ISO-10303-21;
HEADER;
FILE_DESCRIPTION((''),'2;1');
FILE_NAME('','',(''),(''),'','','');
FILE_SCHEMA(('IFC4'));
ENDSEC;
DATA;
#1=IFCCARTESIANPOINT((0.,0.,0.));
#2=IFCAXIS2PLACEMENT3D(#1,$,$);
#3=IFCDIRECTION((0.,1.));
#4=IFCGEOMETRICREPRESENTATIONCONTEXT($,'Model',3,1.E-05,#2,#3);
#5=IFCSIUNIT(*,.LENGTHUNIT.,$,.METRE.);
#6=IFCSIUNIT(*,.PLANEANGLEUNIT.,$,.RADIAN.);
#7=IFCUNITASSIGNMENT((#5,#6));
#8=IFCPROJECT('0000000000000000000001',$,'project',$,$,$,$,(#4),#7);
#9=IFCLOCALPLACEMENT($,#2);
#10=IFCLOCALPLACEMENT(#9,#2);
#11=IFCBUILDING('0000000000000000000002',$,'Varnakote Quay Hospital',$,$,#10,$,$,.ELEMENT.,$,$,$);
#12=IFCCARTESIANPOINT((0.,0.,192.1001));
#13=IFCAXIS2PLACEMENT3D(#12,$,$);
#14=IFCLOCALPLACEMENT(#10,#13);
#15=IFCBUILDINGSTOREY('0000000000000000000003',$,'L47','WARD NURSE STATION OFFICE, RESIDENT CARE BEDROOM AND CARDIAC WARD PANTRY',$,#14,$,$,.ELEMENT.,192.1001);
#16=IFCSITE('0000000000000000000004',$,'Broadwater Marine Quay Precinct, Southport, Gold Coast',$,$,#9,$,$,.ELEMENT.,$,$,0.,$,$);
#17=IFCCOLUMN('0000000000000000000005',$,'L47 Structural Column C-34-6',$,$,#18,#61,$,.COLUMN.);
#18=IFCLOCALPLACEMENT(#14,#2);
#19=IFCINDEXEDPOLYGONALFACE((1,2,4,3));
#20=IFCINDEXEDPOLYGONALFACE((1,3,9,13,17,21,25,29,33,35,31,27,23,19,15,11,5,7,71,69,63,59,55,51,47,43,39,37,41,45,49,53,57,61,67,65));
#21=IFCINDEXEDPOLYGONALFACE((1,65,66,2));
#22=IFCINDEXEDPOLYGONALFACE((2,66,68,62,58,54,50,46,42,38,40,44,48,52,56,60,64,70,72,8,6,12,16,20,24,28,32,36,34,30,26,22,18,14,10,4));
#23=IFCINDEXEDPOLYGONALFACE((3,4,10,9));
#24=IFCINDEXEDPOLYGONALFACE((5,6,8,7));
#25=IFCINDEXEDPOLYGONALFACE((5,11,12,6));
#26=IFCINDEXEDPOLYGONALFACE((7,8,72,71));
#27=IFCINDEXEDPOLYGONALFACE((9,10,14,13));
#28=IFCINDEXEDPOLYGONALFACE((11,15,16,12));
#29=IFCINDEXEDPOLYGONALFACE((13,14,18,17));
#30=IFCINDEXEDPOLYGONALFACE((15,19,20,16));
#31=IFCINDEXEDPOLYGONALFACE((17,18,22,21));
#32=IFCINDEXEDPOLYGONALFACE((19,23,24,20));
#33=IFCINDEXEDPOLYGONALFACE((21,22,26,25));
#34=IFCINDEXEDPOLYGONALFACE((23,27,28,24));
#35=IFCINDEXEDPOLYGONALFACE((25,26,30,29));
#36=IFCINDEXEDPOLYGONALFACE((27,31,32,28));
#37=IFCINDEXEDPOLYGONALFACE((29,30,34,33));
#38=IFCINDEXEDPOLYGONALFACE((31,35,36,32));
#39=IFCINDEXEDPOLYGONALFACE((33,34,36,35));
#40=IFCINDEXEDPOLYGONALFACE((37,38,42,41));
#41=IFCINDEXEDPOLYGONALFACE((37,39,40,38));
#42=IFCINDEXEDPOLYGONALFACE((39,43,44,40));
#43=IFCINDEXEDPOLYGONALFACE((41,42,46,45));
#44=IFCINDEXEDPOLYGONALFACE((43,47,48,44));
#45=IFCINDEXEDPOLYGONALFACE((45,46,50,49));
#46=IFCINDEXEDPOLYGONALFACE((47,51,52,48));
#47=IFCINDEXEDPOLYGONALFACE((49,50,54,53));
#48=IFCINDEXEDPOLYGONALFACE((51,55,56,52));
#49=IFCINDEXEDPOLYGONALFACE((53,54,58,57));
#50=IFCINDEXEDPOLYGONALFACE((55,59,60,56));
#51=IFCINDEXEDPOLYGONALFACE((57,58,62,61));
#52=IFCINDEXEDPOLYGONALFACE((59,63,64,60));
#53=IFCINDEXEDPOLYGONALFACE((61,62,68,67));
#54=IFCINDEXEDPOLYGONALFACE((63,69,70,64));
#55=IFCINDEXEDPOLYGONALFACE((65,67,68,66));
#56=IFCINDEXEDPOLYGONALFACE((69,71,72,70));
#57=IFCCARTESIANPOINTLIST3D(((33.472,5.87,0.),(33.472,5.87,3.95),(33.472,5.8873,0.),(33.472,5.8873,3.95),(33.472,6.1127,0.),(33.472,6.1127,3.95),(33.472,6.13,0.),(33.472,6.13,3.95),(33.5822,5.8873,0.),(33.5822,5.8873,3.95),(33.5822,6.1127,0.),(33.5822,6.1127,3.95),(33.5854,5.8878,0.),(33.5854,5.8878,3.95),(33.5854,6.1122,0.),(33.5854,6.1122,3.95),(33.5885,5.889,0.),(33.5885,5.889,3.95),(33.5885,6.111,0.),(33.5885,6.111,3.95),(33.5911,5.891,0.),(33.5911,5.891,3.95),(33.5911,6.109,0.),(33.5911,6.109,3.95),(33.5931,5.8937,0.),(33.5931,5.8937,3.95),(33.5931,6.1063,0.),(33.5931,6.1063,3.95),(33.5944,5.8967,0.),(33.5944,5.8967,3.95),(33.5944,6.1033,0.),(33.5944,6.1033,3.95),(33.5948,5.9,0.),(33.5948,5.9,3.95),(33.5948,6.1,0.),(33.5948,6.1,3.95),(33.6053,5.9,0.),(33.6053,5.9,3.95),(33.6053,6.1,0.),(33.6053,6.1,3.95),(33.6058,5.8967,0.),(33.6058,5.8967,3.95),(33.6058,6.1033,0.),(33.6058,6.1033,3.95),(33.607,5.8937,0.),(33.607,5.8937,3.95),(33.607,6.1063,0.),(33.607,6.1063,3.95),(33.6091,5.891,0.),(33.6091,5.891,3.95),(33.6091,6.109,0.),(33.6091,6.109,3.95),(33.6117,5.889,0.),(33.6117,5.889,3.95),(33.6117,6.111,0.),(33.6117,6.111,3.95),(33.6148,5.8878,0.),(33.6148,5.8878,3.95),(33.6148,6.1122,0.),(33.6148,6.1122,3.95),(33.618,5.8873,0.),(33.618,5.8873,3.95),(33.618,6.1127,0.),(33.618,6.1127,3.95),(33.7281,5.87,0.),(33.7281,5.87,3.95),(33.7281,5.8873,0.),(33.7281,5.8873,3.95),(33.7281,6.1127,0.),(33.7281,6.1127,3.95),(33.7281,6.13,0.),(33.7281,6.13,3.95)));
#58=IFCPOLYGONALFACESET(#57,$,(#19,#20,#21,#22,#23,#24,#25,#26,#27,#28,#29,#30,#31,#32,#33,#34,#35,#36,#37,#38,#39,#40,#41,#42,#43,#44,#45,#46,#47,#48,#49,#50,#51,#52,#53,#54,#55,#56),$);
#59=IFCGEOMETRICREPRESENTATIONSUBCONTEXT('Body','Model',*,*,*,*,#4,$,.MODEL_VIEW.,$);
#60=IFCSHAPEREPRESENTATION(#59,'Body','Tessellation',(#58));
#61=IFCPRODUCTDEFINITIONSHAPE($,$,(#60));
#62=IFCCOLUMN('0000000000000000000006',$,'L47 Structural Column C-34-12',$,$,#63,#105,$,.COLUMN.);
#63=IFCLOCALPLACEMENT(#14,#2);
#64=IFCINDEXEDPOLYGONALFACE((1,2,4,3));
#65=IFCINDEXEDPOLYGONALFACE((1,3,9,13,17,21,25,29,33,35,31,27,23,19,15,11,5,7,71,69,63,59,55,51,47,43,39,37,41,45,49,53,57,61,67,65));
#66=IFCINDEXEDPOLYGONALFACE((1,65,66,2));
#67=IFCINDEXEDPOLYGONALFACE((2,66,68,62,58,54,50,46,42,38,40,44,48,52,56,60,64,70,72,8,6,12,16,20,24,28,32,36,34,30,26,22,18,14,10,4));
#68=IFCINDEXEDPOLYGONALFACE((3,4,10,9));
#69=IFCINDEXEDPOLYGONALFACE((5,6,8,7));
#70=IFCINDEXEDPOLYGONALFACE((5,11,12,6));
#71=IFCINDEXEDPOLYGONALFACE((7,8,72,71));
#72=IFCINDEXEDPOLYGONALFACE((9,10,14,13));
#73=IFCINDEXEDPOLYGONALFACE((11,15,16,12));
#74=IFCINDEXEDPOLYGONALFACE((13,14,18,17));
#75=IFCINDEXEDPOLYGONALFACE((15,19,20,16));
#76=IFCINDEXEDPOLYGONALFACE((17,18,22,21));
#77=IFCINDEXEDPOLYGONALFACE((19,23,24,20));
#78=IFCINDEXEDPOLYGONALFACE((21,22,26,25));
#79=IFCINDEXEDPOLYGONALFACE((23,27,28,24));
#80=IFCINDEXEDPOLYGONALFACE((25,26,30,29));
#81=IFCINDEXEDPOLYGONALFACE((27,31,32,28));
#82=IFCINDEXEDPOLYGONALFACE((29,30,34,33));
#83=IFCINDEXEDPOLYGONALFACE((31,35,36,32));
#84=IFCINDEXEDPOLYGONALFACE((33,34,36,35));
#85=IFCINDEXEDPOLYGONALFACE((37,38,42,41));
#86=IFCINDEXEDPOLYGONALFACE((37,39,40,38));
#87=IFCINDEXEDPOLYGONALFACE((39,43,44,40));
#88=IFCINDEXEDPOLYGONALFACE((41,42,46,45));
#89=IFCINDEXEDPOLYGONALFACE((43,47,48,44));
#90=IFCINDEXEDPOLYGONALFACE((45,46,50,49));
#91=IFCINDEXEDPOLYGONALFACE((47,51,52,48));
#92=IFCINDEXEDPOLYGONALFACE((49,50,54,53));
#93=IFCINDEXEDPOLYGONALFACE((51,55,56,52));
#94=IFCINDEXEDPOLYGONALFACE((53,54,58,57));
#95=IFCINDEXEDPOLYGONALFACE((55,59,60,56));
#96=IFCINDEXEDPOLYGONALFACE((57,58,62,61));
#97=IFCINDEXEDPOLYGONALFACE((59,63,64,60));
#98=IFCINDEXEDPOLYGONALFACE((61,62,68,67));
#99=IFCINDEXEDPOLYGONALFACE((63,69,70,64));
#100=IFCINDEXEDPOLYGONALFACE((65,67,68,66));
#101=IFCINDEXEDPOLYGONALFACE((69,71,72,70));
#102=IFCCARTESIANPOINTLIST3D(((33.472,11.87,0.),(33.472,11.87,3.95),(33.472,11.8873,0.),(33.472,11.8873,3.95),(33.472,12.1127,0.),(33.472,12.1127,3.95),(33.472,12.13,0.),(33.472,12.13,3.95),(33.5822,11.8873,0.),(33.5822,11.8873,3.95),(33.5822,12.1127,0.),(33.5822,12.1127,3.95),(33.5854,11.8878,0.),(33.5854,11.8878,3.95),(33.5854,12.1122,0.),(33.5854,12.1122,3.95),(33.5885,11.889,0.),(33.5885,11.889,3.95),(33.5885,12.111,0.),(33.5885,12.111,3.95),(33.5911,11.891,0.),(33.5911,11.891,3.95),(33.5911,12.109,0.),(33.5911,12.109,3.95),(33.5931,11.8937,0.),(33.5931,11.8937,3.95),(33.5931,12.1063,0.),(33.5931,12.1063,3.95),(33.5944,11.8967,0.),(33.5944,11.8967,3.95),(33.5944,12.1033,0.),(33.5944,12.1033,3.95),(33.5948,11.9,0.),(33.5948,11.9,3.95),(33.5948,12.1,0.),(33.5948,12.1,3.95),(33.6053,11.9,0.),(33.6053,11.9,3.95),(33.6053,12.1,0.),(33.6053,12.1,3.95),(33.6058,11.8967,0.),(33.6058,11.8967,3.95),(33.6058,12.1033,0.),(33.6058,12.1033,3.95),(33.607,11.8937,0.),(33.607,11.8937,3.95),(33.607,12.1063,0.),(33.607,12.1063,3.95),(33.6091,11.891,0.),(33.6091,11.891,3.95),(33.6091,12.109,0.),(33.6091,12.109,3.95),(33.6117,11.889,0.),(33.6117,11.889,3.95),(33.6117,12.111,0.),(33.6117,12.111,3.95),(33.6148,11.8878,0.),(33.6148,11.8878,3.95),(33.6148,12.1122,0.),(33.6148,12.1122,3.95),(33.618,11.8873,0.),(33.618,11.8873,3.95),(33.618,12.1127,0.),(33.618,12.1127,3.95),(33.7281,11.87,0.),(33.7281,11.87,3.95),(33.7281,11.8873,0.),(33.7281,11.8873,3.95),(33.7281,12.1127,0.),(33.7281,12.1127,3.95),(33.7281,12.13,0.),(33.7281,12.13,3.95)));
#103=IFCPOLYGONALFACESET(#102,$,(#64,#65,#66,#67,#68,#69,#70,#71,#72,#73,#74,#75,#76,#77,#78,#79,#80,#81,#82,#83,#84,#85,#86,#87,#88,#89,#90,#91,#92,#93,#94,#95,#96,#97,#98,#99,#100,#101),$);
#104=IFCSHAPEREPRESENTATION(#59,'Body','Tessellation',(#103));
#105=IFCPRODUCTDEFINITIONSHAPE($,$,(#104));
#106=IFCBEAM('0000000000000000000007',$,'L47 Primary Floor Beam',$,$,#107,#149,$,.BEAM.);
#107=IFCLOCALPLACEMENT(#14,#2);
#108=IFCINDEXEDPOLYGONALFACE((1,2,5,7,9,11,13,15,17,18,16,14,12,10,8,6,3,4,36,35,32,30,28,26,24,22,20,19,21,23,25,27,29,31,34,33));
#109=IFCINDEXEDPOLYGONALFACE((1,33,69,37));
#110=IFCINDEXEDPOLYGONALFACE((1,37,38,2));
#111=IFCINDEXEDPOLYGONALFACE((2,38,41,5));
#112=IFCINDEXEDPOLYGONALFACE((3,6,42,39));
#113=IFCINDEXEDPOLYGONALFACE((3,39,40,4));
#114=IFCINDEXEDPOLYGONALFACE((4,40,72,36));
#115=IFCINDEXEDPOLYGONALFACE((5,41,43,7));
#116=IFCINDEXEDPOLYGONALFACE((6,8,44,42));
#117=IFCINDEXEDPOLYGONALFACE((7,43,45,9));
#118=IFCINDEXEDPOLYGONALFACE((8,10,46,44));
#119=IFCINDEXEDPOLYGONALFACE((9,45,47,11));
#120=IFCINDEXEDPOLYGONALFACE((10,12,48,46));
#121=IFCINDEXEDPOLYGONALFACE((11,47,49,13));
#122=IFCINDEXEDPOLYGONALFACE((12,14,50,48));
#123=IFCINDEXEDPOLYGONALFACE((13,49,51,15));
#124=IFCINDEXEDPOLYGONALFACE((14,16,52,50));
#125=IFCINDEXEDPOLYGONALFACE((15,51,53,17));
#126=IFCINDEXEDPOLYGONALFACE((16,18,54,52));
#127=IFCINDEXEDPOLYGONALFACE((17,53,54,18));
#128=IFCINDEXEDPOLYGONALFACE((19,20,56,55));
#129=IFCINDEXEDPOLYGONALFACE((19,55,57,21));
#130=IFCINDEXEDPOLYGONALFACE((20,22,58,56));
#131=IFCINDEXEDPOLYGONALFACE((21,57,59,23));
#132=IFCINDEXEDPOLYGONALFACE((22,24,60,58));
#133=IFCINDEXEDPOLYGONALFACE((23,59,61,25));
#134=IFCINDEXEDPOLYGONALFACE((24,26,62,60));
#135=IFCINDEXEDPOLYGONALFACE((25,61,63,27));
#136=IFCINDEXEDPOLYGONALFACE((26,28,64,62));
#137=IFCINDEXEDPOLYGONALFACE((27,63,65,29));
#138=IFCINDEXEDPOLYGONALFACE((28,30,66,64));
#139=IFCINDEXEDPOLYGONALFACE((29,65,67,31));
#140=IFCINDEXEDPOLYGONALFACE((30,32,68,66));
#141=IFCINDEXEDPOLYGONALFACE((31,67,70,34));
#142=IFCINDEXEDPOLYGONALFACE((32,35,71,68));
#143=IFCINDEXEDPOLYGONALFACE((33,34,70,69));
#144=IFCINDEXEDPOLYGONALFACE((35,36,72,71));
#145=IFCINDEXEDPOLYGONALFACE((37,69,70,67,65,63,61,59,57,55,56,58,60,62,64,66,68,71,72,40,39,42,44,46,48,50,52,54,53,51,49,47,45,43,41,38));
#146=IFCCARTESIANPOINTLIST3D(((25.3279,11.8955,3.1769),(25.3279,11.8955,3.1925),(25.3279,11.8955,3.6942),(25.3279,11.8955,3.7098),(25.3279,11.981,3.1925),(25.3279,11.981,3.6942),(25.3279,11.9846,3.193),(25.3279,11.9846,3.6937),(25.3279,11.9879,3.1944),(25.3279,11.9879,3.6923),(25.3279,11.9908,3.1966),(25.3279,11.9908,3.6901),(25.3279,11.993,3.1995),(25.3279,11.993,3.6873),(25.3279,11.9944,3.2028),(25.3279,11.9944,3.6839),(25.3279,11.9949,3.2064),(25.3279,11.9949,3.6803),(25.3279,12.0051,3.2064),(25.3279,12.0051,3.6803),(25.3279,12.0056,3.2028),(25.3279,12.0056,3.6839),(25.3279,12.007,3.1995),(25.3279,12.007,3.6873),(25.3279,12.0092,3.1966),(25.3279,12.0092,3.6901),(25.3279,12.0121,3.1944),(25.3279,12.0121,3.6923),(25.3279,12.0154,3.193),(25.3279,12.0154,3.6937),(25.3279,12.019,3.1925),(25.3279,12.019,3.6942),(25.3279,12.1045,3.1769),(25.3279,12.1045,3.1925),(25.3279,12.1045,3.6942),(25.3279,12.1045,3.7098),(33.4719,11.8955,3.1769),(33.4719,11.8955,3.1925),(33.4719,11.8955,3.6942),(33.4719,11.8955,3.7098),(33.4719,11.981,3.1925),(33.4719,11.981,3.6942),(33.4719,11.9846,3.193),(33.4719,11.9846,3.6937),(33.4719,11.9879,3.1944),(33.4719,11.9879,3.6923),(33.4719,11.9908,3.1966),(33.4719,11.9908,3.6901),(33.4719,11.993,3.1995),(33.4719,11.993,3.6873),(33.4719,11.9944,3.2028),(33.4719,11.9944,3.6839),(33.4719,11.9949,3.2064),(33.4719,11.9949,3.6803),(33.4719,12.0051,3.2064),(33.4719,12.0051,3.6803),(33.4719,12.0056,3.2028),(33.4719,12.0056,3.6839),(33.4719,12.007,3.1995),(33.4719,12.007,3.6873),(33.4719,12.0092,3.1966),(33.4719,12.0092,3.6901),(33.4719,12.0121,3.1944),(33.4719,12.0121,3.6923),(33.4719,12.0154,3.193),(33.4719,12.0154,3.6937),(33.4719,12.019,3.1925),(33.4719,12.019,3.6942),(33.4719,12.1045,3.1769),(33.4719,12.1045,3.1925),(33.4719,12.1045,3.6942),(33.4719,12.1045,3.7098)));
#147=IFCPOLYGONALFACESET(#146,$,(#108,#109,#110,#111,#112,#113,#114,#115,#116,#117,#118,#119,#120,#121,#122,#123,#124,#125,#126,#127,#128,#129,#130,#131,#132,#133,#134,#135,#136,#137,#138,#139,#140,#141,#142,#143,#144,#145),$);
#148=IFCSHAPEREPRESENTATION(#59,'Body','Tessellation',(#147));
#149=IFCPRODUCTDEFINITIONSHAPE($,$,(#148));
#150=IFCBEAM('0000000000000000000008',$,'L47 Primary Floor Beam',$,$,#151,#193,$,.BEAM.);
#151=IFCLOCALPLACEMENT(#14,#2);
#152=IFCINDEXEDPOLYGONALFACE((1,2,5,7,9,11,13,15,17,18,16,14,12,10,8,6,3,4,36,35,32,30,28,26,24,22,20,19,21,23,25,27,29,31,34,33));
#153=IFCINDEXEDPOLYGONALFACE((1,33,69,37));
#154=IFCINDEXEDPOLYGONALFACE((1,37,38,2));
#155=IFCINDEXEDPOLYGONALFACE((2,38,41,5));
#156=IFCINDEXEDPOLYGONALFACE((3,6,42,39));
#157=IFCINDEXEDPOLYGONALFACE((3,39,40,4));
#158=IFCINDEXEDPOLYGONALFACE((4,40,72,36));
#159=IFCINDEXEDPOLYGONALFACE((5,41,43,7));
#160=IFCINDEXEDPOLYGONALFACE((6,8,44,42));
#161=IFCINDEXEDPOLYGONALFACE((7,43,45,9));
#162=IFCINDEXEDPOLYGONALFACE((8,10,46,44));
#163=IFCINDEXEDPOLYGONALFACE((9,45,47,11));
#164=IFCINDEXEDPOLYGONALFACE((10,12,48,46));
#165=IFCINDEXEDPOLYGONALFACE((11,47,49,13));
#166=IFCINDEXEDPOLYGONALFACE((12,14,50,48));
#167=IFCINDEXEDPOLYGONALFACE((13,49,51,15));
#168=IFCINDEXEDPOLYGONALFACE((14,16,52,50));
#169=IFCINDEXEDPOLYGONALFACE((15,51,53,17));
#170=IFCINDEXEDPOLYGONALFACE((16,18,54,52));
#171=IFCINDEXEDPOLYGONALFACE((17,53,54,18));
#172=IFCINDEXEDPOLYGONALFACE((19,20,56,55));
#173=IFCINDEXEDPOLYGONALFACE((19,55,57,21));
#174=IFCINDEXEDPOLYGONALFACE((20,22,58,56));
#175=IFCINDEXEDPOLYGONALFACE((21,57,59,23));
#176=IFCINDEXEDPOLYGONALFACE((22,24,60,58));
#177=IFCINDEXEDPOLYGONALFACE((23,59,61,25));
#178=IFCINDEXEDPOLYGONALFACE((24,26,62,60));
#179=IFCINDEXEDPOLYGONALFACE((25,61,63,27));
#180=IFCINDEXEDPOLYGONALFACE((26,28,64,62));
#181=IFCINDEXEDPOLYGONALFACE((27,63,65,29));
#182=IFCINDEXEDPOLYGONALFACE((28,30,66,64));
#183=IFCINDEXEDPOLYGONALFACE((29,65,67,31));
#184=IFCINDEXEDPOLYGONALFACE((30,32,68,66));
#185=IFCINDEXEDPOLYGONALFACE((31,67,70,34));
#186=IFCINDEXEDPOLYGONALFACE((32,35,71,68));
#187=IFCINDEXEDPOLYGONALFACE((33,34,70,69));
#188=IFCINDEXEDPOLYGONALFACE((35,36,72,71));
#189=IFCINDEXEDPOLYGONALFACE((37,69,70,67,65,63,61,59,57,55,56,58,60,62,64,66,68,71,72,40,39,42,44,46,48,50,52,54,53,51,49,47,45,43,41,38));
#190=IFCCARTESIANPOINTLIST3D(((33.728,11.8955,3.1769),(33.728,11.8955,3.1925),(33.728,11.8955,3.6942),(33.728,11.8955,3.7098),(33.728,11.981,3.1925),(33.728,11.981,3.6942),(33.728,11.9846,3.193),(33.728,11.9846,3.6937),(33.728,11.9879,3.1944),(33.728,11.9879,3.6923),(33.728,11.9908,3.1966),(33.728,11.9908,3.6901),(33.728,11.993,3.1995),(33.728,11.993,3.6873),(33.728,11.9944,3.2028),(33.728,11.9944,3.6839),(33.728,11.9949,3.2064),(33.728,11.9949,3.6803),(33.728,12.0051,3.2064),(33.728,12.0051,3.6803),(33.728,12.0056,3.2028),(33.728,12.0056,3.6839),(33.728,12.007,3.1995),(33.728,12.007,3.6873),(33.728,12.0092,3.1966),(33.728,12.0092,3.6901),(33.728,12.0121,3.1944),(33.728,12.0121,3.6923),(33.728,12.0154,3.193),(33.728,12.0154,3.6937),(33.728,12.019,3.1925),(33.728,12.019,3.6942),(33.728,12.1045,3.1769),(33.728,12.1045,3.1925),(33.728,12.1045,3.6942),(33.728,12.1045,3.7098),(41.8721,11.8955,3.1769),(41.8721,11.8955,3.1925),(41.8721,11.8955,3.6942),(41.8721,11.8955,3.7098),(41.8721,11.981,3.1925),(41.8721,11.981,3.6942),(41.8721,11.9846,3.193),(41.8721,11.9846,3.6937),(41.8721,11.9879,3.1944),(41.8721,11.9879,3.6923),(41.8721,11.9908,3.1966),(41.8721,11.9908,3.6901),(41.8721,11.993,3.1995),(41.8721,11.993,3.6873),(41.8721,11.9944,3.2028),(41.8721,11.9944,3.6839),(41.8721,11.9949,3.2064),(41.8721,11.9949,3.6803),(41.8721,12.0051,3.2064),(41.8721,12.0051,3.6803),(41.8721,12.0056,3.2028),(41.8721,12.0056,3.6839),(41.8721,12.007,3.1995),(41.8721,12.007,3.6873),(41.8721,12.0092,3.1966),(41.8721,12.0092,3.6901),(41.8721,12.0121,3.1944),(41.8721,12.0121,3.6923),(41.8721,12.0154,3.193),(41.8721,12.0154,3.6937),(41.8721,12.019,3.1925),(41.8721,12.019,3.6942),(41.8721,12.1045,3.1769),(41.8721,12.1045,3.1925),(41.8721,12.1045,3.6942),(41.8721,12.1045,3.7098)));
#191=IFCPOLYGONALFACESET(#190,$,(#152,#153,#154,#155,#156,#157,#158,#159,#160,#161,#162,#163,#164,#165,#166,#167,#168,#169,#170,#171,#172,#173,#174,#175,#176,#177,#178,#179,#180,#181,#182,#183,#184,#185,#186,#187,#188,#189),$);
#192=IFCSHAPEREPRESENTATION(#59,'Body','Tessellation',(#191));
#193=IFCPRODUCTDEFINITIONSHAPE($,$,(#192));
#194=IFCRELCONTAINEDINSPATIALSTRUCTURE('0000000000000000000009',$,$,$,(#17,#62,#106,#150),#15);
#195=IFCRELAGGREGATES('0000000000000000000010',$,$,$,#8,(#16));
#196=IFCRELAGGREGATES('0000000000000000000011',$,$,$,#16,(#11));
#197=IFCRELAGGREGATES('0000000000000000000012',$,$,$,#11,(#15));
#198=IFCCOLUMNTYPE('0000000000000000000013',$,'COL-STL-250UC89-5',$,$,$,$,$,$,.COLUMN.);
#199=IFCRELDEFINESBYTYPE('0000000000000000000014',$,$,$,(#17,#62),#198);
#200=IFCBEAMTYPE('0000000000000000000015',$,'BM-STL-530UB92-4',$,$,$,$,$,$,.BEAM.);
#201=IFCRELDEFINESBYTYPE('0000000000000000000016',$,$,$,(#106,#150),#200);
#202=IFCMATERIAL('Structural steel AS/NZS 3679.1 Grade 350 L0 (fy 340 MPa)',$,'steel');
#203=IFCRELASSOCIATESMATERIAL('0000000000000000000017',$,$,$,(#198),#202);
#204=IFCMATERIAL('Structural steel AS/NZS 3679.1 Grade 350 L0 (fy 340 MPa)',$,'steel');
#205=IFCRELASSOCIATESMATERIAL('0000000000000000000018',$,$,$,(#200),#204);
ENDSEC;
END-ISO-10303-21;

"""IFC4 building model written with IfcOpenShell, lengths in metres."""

from ifc_helpers import new_model, si_unit, direction, frame, origin, origin_2d, place, context, subcontext, project, spatial, i_section, extrude, material, material_profile, profile_set, type_object, element, save


model = new_model("IFC4")

# Units and contexts
model_context = context("Model", 3, precision=1e-05, world=origin(), true_north=direction((0.0, 1.0)))
body_context = subcontext(model_context, "Body", "Model", "MODEL_VIEW")
ifc_project = project(units=[si_unit("LENGTHUNIT", "METRE"), si_unit("PLANEANGLEUNIT", "RADIAN")], contexts=[model_context])

# Site, building, storey
site_placement = place(None, origin())
site = spatial("IfcSite", under=ifc_project, at=site_placement, Name="Broadwater Marine Quay Precinct, Southport, Gold Coast", CompositionType="ELEMENT", RefElevation=0.0)
building_placement = place(site_placement, origin())
building = spatial("IfcBuilding", under=site, at=building_placement, Name="Varnakote Quay Hospital", CompositionType="ELEMENT")
storey_placement = place(building_placement, frame((0.0, 0.0, 192.1001)))
storey = spatial("IfcBuildingStorey", under=building, at=storey_placement, Name="L47", Description="WARD NURSE STATION OFFICE, RESIDENT CARE BEDROOM AND CARDIAC WARD PANTRY", CompositionType="ELEMENT", Elevation=192.1001)

# Columns
ifc_material_1 = material(Name="Structural steel AS/NZS 3679.1 Grade 350 L0 (fy 340 MPa)", Category="steel")
ifc_material_profile_1 = material_profile(ifc_material_1, i_section(OverallWidth=0.2561, OverallDepth=0.26, WebThickness=0.0105, FlangeThickness=0.0173, FilletRadius=0.0127, at=origin_2d()), Name="250UC89.5")
ifc_profile_set_1 = profile_set([ifc_material_profile_1], Name="Structural steel AS/NZS 3679.1 Grade 350 L0 (fy 340 MPa)")
column_type = type_object("IfcColumnType", Name="COL-STL-250UC89-5", PredefinedType="COLUMN", material=ifc_profile_set_1)
for number, where, z_axis, x_axis, name in (
    (1, (33.6001, 6.0, 0.0), (0.0, 0.0, 1.0), (1.0, 0.0, 0.0), "L47 Structural Column C-34-6"),
    (2, (33.6001, 12.0, 0.0), (0.0, 0.0, 1.0), (1.0, 0.0, 0.0), "L47 Structural Column C-34-12"),
):
    element("IfcColumn", number, at=place(storey_placement, frame(where, z_axis=z_axis, x_axis=x_axis)), inside=storey, type_object=column_type, Name=name, PredefinedType="COLUMN", context=body_context, shape_type="SweptSolid", body=[
        extrude(i_section(OverallWidth=0.2561, OverallDepth=0.26, WebThickness=0.0105, FlangeThickness=0.0173, FilletRadius=0.0127, at=origin_2d()), origin(), (0.0, 0.0, 1.0), 3.95),
    ])

# Beams
ifc_material_2 = material(Name="Structural steel AS/NZS 3679.1 Grade 350 L0 (fy 340 MPa)", Category="steel")
ifc_material_profile_2 = material_profile(ifc_material_2, i_section(OverallWidth=0.209, OverallDepth=0.533, WebThickness=0.0103, FlangeThickness=0.0156, FilletRadius=0.0139, at=origin_2d()), Name="530UB92.4")
ifc_profile_set_2 = profile_set([ifc_material_profile_2], Name="Structural steel AS/NZS 3679.1 Grade 350 L0 (fy 340 MPa)")
beam_type_1 = type_object("IfcBeamType", Name="BM-STL-530UB92-4", PredefinedType="BEAM", material=ifc_profile_set_2)
for number, where, z_axis, x_axis, name in (
    (3, (25.3279, 12.0, 3.4434), (1.0, 0.0, 0.0), (0.0, 1.0, 0.0), "L47 Primary Floor Beam"),
    (4, (33.728, 12.0, 3.4434), (1.0, 0.0, 0.0), (0.0, 1.0, 0.0), "L47 Primary Floor Beam"),
):
    element("IfcBeam", number, at=place(storey_placement, frame(where, z_axis=z_axis, x_axis=x_axis)), inside=storey, type_object=beam_type_1, Name=name, PredefinedType="BEAM", context=body_context, shape_type="SweptSolid", body=[
        extrude(i_section(OverallWidth=0.209, OverallDepth=0.533, WebThickness=0.0103, FlangeThickness=0.0156, FilletRadius=0.0139, at=origin_2d()), origin(), (0.0, 0.0, 1.0), 8.144),
    ])

save(model, "model.ifc")
